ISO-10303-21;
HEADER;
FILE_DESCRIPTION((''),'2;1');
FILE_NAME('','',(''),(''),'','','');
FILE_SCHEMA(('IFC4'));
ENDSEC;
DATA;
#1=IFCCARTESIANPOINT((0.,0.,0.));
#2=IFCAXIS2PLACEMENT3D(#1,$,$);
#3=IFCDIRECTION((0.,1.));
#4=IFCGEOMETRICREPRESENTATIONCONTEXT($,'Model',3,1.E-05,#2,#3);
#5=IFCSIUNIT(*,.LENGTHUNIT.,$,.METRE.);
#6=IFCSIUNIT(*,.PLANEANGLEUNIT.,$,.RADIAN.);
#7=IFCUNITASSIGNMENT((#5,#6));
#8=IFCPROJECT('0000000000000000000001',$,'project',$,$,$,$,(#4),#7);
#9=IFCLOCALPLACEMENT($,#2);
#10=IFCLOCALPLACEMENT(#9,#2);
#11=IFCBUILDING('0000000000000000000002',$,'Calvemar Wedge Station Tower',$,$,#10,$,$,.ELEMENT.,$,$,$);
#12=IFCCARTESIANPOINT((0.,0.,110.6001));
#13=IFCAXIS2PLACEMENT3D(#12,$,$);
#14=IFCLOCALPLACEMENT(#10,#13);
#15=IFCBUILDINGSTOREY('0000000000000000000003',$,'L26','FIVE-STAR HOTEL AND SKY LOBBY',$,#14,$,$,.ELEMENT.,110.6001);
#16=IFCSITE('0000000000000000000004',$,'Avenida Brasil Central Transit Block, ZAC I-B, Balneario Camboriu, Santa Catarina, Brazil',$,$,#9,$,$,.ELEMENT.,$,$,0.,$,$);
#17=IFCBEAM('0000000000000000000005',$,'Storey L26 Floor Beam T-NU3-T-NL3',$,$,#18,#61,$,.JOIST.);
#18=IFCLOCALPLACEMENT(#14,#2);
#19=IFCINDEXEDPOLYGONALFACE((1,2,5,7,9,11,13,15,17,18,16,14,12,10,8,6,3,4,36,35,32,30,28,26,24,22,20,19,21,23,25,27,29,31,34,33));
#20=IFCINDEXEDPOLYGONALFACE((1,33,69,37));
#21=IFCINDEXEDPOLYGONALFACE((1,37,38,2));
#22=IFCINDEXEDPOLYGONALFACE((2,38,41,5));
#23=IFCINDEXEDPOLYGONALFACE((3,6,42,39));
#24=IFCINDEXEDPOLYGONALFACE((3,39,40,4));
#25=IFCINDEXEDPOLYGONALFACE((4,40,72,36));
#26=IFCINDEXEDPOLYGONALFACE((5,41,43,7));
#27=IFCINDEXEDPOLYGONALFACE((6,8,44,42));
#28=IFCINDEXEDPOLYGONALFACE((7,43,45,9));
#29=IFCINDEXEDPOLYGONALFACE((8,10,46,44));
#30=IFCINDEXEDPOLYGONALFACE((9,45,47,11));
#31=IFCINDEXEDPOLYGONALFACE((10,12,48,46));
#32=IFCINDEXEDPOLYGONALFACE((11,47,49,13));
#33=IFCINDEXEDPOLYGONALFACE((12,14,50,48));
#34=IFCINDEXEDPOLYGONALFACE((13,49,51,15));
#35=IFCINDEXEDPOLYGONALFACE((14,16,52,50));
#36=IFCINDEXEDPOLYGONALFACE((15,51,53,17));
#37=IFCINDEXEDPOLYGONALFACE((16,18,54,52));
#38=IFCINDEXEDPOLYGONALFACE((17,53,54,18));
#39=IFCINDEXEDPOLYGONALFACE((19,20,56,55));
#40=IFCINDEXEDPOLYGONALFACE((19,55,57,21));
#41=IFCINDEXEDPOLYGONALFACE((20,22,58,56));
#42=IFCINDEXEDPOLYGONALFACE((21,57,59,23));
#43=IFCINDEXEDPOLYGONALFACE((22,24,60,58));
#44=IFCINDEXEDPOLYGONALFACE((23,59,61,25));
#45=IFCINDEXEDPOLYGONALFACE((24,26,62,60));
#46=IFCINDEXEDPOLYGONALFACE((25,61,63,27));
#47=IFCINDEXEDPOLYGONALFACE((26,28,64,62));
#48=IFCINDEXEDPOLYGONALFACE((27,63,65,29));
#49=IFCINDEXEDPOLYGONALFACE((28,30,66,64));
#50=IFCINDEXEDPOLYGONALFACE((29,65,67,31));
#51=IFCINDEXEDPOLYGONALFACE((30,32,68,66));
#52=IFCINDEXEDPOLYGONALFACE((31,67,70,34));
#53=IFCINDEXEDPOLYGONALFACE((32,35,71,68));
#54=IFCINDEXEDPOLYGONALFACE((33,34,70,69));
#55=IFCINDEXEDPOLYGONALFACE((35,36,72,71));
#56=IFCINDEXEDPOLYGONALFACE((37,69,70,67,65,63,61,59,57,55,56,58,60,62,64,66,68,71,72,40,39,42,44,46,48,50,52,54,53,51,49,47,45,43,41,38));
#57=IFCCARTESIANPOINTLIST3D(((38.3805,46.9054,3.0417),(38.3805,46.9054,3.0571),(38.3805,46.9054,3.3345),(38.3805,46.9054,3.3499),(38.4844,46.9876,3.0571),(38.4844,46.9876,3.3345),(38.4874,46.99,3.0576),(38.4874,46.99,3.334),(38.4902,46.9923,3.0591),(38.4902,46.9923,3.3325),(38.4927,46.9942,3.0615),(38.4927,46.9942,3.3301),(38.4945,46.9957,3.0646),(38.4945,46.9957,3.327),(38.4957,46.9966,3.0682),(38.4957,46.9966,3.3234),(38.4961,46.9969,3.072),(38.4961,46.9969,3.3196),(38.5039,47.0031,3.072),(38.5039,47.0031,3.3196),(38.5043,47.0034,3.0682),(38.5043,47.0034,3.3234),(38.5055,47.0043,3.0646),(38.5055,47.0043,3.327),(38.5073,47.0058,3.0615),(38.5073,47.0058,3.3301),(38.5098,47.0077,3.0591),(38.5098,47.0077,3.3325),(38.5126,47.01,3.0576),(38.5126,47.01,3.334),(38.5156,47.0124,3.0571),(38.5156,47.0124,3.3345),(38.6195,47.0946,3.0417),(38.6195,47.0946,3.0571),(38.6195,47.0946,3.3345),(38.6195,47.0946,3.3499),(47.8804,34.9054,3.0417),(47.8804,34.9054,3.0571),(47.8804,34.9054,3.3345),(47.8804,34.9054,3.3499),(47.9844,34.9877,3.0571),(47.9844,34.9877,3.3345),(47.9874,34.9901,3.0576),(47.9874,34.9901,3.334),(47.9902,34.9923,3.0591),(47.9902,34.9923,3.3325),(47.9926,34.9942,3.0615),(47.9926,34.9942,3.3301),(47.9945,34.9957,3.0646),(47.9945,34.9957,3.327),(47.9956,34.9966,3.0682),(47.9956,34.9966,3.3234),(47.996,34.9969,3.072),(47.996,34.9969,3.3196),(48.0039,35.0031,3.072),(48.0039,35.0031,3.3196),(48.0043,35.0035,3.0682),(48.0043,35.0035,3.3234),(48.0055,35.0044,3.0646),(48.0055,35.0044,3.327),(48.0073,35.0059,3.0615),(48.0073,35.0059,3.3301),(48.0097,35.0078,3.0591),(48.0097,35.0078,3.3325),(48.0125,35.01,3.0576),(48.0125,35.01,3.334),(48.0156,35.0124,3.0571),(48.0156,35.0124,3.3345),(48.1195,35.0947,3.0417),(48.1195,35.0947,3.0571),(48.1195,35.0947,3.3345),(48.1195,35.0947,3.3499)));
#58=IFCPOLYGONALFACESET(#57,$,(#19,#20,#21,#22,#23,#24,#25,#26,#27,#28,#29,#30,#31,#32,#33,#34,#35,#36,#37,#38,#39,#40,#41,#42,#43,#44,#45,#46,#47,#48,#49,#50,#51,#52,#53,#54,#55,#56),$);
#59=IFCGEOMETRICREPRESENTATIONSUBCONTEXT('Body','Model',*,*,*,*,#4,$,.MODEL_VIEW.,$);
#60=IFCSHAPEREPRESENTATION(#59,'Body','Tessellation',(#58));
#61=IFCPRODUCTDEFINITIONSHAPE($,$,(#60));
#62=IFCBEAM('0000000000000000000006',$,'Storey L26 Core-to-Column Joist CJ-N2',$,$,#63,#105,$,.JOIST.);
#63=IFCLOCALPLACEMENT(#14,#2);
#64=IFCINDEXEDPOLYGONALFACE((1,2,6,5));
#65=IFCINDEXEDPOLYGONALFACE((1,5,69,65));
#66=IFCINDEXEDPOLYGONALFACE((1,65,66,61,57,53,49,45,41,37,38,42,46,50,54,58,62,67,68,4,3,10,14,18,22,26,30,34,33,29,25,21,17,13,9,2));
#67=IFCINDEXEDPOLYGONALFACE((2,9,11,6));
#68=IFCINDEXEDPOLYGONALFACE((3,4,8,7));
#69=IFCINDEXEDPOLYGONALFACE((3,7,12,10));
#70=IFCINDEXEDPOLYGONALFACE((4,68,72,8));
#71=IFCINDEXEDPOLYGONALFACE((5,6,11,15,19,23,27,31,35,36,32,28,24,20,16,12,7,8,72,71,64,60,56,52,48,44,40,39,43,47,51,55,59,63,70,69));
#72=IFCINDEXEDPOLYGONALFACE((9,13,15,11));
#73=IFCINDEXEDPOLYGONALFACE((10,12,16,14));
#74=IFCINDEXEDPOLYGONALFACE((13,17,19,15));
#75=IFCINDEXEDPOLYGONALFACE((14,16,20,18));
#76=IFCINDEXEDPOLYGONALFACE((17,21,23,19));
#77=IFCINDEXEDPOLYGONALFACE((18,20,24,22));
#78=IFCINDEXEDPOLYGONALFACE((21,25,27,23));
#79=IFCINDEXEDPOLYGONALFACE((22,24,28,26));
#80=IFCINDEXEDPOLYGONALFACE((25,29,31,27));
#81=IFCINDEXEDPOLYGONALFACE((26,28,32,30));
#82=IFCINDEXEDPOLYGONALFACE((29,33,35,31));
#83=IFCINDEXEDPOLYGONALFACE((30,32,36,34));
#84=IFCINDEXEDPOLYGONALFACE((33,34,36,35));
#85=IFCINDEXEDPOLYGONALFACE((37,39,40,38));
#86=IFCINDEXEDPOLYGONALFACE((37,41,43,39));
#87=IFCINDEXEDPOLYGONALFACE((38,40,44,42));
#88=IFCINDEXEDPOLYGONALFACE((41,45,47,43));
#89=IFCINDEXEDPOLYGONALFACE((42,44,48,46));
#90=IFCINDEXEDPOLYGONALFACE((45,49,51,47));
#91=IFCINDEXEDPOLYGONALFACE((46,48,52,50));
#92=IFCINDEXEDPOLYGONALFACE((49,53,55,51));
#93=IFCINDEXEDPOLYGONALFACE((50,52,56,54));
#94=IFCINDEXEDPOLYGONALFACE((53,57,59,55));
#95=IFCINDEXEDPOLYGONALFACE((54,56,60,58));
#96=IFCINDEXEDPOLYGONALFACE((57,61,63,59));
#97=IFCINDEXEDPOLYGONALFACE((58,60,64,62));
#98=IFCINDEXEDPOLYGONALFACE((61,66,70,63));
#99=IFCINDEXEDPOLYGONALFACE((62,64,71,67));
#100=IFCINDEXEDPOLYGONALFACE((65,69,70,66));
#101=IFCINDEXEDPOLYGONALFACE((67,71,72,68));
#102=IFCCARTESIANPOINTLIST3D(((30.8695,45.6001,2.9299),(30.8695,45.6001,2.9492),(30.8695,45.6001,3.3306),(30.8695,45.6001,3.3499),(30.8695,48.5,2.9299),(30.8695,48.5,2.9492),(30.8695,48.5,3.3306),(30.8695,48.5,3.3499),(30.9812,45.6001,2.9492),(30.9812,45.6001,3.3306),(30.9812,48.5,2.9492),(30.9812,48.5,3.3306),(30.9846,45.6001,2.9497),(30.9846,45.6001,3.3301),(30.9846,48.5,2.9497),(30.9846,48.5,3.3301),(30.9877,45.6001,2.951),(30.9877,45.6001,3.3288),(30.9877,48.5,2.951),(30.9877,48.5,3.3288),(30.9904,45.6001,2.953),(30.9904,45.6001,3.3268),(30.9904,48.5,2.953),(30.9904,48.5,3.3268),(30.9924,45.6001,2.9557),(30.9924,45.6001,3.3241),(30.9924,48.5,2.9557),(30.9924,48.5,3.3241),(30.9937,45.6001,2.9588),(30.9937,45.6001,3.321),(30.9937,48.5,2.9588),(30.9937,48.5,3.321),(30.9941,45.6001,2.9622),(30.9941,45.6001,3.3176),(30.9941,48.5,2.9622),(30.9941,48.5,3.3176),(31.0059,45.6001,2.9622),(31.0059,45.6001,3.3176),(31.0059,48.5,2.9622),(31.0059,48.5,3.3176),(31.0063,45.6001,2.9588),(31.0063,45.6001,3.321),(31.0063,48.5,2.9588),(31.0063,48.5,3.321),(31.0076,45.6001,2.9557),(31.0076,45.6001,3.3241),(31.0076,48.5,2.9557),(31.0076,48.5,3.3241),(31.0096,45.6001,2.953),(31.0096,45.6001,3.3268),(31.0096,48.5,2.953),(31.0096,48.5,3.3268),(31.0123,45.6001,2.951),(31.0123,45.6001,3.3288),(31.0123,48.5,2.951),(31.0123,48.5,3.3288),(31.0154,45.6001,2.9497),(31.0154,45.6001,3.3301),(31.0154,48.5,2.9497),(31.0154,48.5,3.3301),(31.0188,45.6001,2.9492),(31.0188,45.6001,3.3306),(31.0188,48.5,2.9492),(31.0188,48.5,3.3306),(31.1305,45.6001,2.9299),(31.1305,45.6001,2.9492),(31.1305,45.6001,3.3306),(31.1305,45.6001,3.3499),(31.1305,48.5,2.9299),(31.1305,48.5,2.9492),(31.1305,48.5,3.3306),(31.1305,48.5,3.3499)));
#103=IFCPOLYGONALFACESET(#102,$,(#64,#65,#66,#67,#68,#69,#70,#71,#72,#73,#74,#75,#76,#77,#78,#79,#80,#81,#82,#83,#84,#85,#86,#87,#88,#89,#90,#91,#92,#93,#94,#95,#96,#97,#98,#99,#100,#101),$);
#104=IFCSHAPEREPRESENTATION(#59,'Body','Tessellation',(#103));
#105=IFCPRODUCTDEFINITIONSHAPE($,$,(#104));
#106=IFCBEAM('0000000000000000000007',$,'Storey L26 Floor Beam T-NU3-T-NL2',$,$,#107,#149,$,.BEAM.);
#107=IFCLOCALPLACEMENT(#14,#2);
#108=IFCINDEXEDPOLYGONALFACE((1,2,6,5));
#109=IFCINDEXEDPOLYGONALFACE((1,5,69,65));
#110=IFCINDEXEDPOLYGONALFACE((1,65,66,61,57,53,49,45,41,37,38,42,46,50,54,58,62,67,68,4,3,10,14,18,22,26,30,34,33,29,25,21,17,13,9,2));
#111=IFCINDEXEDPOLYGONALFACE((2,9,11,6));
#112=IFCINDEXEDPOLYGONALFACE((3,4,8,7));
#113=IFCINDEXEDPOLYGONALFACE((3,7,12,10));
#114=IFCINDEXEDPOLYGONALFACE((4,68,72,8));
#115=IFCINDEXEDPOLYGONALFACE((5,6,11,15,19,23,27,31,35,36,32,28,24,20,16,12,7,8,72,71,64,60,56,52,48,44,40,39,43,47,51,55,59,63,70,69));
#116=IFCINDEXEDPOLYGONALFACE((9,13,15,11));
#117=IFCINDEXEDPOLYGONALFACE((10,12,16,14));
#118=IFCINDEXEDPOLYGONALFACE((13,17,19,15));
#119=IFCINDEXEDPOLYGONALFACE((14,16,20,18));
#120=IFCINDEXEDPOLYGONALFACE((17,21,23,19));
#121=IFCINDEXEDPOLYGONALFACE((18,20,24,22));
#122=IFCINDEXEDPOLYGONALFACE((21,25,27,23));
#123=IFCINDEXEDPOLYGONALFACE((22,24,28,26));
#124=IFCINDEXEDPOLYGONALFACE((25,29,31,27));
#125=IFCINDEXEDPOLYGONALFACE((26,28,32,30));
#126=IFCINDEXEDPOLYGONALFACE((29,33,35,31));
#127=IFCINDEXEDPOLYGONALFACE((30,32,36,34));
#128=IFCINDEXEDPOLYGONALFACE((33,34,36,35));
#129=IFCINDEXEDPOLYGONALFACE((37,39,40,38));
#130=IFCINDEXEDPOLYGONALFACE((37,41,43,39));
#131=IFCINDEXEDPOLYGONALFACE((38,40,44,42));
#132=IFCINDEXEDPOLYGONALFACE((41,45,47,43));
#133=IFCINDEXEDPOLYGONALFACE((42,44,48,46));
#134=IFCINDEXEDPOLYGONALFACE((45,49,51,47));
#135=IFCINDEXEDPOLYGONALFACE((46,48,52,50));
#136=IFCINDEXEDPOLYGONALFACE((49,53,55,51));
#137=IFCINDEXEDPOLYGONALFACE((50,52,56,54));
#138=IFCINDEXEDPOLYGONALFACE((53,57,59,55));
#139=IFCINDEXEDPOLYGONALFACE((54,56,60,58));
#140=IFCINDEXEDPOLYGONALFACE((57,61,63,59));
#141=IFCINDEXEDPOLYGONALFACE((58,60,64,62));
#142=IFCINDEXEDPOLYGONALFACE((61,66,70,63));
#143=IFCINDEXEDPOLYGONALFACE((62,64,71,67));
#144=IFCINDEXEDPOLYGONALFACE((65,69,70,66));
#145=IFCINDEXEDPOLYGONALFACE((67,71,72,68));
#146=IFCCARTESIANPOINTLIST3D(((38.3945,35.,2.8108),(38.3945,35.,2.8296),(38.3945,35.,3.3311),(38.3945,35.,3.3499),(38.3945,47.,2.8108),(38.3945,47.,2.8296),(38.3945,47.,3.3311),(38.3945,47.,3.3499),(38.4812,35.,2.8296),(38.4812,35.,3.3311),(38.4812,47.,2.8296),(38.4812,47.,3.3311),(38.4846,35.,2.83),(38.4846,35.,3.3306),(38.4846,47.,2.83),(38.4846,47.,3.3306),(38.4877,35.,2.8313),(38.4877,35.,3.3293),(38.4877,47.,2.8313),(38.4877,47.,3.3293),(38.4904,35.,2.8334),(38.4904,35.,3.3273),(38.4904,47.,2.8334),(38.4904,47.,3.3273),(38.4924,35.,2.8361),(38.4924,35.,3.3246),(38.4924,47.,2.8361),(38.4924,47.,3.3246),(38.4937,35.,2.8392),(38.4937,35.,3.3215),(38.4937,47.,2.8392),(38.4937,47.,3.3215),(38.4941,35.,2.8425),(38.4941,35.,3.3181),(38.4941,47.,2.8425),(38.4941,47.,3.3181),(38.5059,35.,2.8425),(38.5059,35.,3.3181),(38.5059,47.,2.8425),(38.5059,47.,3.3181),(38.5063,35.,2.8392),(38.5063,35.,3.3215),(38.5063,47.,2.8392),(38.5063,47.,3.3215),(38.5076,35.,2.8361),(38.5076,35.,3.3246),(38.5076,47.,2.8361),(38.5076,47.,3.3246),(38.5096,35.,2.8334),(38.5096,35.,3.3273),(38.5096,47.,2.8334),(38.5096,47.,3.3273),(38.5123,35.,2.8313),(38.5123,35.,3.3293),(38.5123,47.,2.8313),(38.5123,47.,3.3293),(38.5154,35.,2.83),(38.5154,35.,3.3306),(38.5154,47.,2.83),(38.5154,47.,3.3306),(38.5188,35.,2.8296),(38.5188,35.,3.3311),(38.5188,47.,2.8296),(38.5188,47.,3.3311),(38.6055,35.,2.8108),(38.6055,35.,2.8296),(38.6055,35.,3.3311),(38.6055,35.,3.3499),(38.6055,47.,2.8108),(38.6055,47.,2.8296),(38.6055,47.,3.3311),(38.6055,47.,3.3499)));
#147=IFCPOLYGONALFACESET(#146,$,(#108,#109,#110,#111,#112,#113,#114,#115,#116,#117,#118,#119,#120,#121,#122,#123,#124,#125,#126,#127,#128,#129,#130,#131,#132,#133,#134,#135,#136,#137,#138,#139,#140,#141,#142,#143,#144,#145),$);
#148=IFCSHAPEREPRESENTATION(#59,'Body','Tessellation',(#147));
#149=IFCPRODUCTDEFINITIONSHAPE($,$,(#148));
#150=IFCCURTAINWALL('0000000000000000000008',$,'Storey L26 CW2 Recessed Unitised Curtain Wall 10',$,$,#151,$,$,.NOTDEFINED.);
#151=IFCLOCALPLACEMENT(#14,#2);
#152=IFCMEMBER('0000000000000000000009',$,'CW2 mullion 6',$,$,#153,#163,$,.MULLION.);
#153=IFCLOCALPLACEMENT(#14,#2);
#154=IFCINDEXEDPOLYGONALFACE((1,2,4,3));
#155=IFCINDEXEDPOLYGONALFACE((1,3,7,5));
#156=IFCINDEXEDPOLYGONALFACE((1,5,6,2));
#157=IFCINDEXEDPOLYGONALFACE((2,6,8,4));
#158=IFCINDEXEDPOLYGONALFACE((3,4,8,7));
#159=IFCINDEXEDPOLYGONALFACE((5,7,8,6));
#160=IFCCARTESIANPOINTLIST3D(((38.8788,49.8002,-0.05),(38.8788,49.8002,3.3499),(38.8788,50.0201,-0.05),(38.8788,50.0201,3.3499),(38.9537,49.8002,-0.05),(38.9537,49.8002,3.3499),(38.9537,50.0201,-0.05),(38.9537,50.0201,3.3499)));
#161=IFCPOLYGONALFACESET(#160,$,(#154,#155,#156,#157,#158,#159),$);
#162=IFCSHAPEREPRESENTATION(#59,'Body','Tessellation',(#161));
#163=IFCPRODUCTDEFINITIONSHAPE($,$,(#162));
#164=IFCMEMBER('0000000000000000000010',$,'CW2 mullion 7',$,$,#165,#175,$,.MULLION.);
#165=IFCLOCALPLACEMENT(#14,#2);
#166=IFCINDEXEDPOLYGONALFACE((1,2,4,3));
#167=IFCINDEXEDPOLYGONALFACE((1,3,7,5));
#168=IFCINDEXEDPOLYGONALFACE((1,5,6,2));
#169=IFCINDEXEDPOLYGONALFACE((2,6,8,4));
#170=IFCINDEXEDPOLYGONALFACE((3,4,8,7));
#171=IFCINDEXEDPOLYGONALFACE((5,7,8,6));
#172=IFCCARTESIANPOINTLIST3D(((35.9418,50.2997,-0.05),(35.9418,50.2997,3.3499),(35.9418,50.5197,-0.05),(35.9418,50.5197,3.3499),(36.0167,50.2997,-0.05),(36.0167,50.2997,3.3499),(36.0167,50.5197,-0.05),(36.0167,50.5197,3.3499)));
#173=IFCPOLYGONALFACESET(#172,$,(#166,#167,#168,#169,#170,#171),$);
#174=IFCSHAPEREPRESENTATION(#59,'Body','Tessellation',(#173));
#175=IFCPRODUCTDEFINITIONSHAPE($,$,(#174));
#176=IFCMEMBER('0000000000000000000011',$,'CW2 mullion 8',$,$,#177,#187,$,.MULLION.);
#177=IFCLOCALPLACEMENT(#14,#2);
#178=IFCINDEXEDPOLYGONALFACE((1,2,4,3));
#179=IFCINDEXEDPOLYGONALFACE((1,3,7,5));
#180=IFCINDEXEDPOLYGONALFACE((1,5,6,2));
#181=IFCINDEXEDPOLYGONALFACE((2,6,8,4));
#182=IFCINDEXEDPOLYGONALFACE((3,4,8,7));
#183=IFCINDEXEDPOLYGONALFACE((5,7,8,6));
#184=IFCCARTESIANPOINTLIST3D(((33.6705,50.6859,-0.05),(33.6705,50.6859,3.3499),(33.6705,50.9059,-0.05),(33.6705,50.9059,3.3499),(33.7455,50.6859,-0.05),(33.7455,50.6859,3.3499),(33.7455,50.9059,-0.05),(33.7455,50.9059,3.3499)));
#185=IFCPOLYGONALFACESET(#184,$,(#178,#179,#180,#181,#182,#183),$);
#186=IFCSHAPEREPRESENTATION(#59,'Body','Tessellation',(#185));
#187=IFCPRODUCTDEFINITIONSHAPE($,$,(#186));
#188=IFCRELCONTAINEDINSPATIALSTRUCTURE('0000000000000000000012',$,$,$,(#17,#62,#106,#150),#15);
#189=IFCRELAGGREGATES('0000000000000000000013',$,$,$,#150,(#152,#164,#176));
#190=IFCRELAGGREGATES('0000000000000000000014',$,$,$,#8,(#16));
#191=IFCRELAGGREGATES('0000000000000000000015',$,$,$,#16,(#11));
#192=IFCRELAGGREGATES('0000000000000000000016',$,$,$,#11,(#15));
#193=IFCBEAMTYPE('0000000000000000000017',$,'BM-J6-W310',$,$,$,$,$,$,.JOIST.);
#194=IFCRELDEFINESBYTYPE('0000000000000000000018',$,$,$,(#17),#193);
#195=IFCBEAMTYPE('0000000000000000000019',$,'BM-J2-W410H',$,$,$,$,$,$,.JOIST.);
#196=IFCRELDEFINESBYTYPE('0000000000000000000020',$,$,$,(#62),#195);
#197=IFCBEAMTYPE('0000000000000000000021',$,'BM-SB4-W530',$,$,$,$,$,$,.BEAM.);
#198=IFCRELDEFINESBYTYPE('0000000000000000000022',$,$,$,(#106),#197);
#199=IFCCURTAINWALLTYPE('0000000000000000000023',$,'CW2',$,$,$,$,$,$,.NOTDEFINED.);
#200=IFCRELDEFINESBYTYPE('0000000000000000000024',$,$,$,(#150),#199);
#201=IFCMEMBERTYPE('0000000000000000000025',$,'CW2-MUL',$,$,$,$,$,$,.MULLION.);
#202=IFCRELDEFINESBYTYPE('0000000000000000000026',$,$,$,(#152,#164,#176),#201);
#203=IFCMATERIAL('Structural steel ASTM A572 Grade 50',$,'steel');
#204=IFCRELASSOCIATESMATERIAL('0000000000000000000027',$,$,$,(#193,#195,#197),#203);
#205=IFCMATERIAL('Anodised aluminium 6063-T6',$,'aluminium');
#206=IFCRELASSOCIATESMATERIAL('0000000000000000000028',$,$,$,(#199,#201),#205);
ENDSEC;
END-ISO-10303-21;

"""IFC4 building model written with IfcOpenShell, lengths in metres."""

from ifc_helpers import new_model, si_unit, direction, frame, origin, origin_2d, place, context, subcontext, project, spatial, rectangle, i_section, extrude, source, transform, mapped, material, material_profile, profile_set, type_object, element, aggregate, save


model = new_model("IFC4")

# Units and contexts
model_context = context("Model", 3, precision=1e-05, world=origin(), true_north=direction((0.0, 1.0)))
body_context = subcontext(model_context, "Body", "Model", "MODEL_VIEW")
ifc_project = project(units=[si_unit("LENGTHUNIT", "METRE"), si_unit("PLANEANGLEUNIT", "RADIAN")], contexts=[model_context])

# Site, building, storey
site_placement = place(None, origin())
site = spatial("IfcSite", under=ifc_project, at=site_placement, Name="Avenida Brasil Central Transit Block, ZAC I-B, Balneario Camboriu, Santa Catarina, Brazil", CompositionType="ELEMENT", RefElevation=0.0)
building_placement = place(site_placement, origin())
building = spatial("IfcBuilding", under=site, at=building_placement, Name="Calvemar Wedge Station Tower", CompositionType="ELEMENT")
storey_placement = place(building_placement, frame((0.0, 0.0, 110.6001)))
storey = spatial("IfcBuildingStorey", under=building, at=storey_placement, Name="L26", Description="FIVE-STAR HOTEL AND SKY LOBBY", CompositionType="ELEMENT", Elevation=110.6001)

# Beams
ifc_material_1 = material(Name="Structural steel ASTM A572 Grade 50", Category="steel")
ifc_material_profile_1 = material_profile(ifc_material_1, i_section(OverallWidth=0.3049, OverallDepth=0.3081, WebThickness=0.01, FlangeThickness=0.0154, FilletRadius=0.0149, at=origin_2d()), Name="W310x97")
ifc_profile_set_1 = profile_set([ifc_material_profile_1], Name="Structural steel ASTM A572 Grade 50")
beam_type_1 = type_object("IfcBeamType", Name="BM-J6-W310", PredefinedType="JOIST", material=ifc_profile_set_1)
ifc_material_profile_2 = material_profile(ifc_material_1, i_section(OverallWidth=0.261, OverallDepth=0.4199, WebThickness=0.0117, FlangeThickness=0.0193, FilletRadius=0.0129, at=origin_2d()), Name="W410x114")
ifc_profile_set_2 = profile_set([ifc_material_profile_2], Name="Structural steel ASTM A572 Grade 50")
beam_type_2 = type_object("IfcBeamType", Name="BM-J2-W410H", PredefinedType="JOIST", material=ifc_profile_set_2)
shared_shape_1 = source(origin(), body_context, "Body", "SweptSolid", [
    extrude(i_section(OverallWidth=0.3049, OverallDepth=0.3081, WebThickness=0.01, FlangeThickness=0.0154, FilletRadius=0.0149, at=origin_2d()), origin(), (0.0, 0.0, 1.0), 15.3052),
])
beam_1_placement = place(storey_placement, frame((38.5, 47.0, 3.1958), z_axis=(0.620703, -0.784046, 0.0), x_axis=(0.784046, 0.620703, 0.0)))
element("IfcBeam", 1, at=beam_1_placement, inside=storey, type_object=beam_type_1, Name="Storey L26 Floor Beam T-NU3-T-NL3", PredefinedType="JOIST", context=body_context, shape_type="MappedRepresentation", body=[
    mapped(shared_shape_1, transform((0.0, 0.0, 0.0), scale=1.0)),
])
shared_shape_2 = source(origin(), body_context, "Body", "SweptSolid", [
    extrude(i_section(OverallWidth=0.261, OverallDepth=0.4199, WebThickness=0.0117, FlangeThickness=0.0193, FilletRadius=0.0129, at=origin_2d()), origin(), (0.0, 0.0, 1.0), 2.8999),
])
beam_2_placement = place(storey_placement, frame((31.0, 45.6001, 3.1399), z_axis=(0.0, 1.0, 0.0), x_axis=(-1.0, 0.0, 0.0)))
element("IfcBeam", 2, at=beam_2_placement, inside=storey, type_object=beam_type_2, Name="Storey L26 Core-to-Column Joist CJ-N2", PredefinedType="JOIST", context=body_context, shape_type="MappedRepresentation", body=[
    mapped(shared_shape_2, transform((0.0, 0.0, 0.0), scale=1.0)),
])
ifc_material_profile_3 = material_profile(ifc_material_1, i_section(OverallWidth=0.2109, OverallDepth=0.5391, WebThickness=0.0117, FlangeThickness=0.0188, FilletRadius=0.0129, at=origin_2d()), Name="W530x109")
ifc_profile_set_3 = profile_set([ifc_material_profile_3], Name="Structural steel ASTM A572 Grade 50")
beam_type_3 = type_object("IfcBeamType", Name="BM-SB4-W530", PredefinedType="BEAM", material=ifc_profile_set_3)
shared_shape_3 = source(origin(), body_context, "Body", "SweptSolid", [
    extrude(i_section(OverallWidth=0.2109, OverallDepth=0.5391, WebThickness=0.0117, FlangeThickness=0.0188, FilletRadius=0.0129, at=origin_2d()), origin(), (0.0, 0.0, 1.0), 12.0),
])
beam_3_placement = place(storey_placement, frame((38.5, 47.0, 3.0803), z_axis=(0.0, -1.0, 0.0), x_axis=(1.0, 0.0, 0.0)))
element("IfcBeam", 3, at=beam_3_placement, inside=storey, type_object=beam_type_3, Name="Storey L26 Floor Beam T-NU3-T-NL2", PredefinedType="BEAM", context=body_context, shape_type="MappedRepresentation", body=[
    mapped(shared_shape_3, transform((0.0, 0.0, 0.0), scale=1.0)),
])

# Curtain wall, members
ifc_material_2 = material(Name="Anodised aluminium 6063-T6", Category="aluminium")
curtain_wall_type = type_object("IfcCurtainWallType", Name="CW2", PredefinedType="NOTDEFINED", material=ifc_material_2)
curtain_wall_placement = place(storey_placement, origin())
curtain_wall = element("IfcCurtainWall", 4, at=curtain_wall_placement, inside=storey, type_object=curtain_wall_type, Name="Storey L26 CW2 Recessed Unitised Curtain Wall 10", PredefinedType="NOTDEFINED")
ifc_material_profile_4 = material_profile(ifc_material_2, rectangle(XDim=0.075, YDim=0.22, at=origin_2d()), Name="AL-MUL-75x220")
ifc_profile_set_4 = profile_set([ifc_material_profile_4], Name="Anodised aluminium 6063-T6")
member_type = type_object("IfcMemberType", Name="CW2-MUL", PredefinedType="MULLION", material=ifc_profile_set_4)
shared_shape_4 = source(origin(), body_context, "Body", "SweptSolid", [
    extrude(rectangle(XDim=0.075, YDim=0.22, at=origin_2d()), origin(), (0.0, 0.0, 1.0), 3.3999),
])
member_1_placement = place(storey_placement, frame((38.9163, 49.9102, -0.05), z_axis=(0.0, 0.0, 1.0), x_axis=(1.0, 0.0, 0.0)))
member_1 = element("IfcMember", 5, at=member_1_placement, type_object=member_type, Name="CW2 mullion 6", PredefinedType="MULLION", context=body_context, shape_type="MappedRepresentation", body=[
    mapped(shared_shape_4, transform((0.0, 0.0, 0.0), scale=1.0)),
])
member_2_placement = place(storey_placement, frame((35.9792, 50.4097, -0.05), z_axis=(0.0, 0.0, 1.0), x_axis=(1.0, 0.0, 0.0)))
member_2 = element("IfcMember", 6, at=member_2_placement, type_object=member_type, Name="CW2 mullion 7", PredefinedType="MULLION", context=body_context, shape_type="MappedRepresentation", body=[
    mapped(shared_shape_4, transform((0.0, 0.0, 0.0), scale=1.0)),
])
member_3_placement = place(storey_placement, frame((33.708, 50.7959, -0.05), z_axis=(0.0, 0.0, 1.0), x_axis=(1.0, 0.0, 0.0)))
member_3 = element("IfcMember", 7, at=member_3_placement, type_object=member_type, Name="CW2 mullion 8", PredefinedType="MULLION", context=body_context, shape_type="MappedRepresentation", body=[
    mapped(shared_shape_4, transform((0.0, 0.0, 0.0), scale=1.0)),
])
aggregate(curtain_wall, [member_1, member_2, member_3])

save(model, "model.ifc")
